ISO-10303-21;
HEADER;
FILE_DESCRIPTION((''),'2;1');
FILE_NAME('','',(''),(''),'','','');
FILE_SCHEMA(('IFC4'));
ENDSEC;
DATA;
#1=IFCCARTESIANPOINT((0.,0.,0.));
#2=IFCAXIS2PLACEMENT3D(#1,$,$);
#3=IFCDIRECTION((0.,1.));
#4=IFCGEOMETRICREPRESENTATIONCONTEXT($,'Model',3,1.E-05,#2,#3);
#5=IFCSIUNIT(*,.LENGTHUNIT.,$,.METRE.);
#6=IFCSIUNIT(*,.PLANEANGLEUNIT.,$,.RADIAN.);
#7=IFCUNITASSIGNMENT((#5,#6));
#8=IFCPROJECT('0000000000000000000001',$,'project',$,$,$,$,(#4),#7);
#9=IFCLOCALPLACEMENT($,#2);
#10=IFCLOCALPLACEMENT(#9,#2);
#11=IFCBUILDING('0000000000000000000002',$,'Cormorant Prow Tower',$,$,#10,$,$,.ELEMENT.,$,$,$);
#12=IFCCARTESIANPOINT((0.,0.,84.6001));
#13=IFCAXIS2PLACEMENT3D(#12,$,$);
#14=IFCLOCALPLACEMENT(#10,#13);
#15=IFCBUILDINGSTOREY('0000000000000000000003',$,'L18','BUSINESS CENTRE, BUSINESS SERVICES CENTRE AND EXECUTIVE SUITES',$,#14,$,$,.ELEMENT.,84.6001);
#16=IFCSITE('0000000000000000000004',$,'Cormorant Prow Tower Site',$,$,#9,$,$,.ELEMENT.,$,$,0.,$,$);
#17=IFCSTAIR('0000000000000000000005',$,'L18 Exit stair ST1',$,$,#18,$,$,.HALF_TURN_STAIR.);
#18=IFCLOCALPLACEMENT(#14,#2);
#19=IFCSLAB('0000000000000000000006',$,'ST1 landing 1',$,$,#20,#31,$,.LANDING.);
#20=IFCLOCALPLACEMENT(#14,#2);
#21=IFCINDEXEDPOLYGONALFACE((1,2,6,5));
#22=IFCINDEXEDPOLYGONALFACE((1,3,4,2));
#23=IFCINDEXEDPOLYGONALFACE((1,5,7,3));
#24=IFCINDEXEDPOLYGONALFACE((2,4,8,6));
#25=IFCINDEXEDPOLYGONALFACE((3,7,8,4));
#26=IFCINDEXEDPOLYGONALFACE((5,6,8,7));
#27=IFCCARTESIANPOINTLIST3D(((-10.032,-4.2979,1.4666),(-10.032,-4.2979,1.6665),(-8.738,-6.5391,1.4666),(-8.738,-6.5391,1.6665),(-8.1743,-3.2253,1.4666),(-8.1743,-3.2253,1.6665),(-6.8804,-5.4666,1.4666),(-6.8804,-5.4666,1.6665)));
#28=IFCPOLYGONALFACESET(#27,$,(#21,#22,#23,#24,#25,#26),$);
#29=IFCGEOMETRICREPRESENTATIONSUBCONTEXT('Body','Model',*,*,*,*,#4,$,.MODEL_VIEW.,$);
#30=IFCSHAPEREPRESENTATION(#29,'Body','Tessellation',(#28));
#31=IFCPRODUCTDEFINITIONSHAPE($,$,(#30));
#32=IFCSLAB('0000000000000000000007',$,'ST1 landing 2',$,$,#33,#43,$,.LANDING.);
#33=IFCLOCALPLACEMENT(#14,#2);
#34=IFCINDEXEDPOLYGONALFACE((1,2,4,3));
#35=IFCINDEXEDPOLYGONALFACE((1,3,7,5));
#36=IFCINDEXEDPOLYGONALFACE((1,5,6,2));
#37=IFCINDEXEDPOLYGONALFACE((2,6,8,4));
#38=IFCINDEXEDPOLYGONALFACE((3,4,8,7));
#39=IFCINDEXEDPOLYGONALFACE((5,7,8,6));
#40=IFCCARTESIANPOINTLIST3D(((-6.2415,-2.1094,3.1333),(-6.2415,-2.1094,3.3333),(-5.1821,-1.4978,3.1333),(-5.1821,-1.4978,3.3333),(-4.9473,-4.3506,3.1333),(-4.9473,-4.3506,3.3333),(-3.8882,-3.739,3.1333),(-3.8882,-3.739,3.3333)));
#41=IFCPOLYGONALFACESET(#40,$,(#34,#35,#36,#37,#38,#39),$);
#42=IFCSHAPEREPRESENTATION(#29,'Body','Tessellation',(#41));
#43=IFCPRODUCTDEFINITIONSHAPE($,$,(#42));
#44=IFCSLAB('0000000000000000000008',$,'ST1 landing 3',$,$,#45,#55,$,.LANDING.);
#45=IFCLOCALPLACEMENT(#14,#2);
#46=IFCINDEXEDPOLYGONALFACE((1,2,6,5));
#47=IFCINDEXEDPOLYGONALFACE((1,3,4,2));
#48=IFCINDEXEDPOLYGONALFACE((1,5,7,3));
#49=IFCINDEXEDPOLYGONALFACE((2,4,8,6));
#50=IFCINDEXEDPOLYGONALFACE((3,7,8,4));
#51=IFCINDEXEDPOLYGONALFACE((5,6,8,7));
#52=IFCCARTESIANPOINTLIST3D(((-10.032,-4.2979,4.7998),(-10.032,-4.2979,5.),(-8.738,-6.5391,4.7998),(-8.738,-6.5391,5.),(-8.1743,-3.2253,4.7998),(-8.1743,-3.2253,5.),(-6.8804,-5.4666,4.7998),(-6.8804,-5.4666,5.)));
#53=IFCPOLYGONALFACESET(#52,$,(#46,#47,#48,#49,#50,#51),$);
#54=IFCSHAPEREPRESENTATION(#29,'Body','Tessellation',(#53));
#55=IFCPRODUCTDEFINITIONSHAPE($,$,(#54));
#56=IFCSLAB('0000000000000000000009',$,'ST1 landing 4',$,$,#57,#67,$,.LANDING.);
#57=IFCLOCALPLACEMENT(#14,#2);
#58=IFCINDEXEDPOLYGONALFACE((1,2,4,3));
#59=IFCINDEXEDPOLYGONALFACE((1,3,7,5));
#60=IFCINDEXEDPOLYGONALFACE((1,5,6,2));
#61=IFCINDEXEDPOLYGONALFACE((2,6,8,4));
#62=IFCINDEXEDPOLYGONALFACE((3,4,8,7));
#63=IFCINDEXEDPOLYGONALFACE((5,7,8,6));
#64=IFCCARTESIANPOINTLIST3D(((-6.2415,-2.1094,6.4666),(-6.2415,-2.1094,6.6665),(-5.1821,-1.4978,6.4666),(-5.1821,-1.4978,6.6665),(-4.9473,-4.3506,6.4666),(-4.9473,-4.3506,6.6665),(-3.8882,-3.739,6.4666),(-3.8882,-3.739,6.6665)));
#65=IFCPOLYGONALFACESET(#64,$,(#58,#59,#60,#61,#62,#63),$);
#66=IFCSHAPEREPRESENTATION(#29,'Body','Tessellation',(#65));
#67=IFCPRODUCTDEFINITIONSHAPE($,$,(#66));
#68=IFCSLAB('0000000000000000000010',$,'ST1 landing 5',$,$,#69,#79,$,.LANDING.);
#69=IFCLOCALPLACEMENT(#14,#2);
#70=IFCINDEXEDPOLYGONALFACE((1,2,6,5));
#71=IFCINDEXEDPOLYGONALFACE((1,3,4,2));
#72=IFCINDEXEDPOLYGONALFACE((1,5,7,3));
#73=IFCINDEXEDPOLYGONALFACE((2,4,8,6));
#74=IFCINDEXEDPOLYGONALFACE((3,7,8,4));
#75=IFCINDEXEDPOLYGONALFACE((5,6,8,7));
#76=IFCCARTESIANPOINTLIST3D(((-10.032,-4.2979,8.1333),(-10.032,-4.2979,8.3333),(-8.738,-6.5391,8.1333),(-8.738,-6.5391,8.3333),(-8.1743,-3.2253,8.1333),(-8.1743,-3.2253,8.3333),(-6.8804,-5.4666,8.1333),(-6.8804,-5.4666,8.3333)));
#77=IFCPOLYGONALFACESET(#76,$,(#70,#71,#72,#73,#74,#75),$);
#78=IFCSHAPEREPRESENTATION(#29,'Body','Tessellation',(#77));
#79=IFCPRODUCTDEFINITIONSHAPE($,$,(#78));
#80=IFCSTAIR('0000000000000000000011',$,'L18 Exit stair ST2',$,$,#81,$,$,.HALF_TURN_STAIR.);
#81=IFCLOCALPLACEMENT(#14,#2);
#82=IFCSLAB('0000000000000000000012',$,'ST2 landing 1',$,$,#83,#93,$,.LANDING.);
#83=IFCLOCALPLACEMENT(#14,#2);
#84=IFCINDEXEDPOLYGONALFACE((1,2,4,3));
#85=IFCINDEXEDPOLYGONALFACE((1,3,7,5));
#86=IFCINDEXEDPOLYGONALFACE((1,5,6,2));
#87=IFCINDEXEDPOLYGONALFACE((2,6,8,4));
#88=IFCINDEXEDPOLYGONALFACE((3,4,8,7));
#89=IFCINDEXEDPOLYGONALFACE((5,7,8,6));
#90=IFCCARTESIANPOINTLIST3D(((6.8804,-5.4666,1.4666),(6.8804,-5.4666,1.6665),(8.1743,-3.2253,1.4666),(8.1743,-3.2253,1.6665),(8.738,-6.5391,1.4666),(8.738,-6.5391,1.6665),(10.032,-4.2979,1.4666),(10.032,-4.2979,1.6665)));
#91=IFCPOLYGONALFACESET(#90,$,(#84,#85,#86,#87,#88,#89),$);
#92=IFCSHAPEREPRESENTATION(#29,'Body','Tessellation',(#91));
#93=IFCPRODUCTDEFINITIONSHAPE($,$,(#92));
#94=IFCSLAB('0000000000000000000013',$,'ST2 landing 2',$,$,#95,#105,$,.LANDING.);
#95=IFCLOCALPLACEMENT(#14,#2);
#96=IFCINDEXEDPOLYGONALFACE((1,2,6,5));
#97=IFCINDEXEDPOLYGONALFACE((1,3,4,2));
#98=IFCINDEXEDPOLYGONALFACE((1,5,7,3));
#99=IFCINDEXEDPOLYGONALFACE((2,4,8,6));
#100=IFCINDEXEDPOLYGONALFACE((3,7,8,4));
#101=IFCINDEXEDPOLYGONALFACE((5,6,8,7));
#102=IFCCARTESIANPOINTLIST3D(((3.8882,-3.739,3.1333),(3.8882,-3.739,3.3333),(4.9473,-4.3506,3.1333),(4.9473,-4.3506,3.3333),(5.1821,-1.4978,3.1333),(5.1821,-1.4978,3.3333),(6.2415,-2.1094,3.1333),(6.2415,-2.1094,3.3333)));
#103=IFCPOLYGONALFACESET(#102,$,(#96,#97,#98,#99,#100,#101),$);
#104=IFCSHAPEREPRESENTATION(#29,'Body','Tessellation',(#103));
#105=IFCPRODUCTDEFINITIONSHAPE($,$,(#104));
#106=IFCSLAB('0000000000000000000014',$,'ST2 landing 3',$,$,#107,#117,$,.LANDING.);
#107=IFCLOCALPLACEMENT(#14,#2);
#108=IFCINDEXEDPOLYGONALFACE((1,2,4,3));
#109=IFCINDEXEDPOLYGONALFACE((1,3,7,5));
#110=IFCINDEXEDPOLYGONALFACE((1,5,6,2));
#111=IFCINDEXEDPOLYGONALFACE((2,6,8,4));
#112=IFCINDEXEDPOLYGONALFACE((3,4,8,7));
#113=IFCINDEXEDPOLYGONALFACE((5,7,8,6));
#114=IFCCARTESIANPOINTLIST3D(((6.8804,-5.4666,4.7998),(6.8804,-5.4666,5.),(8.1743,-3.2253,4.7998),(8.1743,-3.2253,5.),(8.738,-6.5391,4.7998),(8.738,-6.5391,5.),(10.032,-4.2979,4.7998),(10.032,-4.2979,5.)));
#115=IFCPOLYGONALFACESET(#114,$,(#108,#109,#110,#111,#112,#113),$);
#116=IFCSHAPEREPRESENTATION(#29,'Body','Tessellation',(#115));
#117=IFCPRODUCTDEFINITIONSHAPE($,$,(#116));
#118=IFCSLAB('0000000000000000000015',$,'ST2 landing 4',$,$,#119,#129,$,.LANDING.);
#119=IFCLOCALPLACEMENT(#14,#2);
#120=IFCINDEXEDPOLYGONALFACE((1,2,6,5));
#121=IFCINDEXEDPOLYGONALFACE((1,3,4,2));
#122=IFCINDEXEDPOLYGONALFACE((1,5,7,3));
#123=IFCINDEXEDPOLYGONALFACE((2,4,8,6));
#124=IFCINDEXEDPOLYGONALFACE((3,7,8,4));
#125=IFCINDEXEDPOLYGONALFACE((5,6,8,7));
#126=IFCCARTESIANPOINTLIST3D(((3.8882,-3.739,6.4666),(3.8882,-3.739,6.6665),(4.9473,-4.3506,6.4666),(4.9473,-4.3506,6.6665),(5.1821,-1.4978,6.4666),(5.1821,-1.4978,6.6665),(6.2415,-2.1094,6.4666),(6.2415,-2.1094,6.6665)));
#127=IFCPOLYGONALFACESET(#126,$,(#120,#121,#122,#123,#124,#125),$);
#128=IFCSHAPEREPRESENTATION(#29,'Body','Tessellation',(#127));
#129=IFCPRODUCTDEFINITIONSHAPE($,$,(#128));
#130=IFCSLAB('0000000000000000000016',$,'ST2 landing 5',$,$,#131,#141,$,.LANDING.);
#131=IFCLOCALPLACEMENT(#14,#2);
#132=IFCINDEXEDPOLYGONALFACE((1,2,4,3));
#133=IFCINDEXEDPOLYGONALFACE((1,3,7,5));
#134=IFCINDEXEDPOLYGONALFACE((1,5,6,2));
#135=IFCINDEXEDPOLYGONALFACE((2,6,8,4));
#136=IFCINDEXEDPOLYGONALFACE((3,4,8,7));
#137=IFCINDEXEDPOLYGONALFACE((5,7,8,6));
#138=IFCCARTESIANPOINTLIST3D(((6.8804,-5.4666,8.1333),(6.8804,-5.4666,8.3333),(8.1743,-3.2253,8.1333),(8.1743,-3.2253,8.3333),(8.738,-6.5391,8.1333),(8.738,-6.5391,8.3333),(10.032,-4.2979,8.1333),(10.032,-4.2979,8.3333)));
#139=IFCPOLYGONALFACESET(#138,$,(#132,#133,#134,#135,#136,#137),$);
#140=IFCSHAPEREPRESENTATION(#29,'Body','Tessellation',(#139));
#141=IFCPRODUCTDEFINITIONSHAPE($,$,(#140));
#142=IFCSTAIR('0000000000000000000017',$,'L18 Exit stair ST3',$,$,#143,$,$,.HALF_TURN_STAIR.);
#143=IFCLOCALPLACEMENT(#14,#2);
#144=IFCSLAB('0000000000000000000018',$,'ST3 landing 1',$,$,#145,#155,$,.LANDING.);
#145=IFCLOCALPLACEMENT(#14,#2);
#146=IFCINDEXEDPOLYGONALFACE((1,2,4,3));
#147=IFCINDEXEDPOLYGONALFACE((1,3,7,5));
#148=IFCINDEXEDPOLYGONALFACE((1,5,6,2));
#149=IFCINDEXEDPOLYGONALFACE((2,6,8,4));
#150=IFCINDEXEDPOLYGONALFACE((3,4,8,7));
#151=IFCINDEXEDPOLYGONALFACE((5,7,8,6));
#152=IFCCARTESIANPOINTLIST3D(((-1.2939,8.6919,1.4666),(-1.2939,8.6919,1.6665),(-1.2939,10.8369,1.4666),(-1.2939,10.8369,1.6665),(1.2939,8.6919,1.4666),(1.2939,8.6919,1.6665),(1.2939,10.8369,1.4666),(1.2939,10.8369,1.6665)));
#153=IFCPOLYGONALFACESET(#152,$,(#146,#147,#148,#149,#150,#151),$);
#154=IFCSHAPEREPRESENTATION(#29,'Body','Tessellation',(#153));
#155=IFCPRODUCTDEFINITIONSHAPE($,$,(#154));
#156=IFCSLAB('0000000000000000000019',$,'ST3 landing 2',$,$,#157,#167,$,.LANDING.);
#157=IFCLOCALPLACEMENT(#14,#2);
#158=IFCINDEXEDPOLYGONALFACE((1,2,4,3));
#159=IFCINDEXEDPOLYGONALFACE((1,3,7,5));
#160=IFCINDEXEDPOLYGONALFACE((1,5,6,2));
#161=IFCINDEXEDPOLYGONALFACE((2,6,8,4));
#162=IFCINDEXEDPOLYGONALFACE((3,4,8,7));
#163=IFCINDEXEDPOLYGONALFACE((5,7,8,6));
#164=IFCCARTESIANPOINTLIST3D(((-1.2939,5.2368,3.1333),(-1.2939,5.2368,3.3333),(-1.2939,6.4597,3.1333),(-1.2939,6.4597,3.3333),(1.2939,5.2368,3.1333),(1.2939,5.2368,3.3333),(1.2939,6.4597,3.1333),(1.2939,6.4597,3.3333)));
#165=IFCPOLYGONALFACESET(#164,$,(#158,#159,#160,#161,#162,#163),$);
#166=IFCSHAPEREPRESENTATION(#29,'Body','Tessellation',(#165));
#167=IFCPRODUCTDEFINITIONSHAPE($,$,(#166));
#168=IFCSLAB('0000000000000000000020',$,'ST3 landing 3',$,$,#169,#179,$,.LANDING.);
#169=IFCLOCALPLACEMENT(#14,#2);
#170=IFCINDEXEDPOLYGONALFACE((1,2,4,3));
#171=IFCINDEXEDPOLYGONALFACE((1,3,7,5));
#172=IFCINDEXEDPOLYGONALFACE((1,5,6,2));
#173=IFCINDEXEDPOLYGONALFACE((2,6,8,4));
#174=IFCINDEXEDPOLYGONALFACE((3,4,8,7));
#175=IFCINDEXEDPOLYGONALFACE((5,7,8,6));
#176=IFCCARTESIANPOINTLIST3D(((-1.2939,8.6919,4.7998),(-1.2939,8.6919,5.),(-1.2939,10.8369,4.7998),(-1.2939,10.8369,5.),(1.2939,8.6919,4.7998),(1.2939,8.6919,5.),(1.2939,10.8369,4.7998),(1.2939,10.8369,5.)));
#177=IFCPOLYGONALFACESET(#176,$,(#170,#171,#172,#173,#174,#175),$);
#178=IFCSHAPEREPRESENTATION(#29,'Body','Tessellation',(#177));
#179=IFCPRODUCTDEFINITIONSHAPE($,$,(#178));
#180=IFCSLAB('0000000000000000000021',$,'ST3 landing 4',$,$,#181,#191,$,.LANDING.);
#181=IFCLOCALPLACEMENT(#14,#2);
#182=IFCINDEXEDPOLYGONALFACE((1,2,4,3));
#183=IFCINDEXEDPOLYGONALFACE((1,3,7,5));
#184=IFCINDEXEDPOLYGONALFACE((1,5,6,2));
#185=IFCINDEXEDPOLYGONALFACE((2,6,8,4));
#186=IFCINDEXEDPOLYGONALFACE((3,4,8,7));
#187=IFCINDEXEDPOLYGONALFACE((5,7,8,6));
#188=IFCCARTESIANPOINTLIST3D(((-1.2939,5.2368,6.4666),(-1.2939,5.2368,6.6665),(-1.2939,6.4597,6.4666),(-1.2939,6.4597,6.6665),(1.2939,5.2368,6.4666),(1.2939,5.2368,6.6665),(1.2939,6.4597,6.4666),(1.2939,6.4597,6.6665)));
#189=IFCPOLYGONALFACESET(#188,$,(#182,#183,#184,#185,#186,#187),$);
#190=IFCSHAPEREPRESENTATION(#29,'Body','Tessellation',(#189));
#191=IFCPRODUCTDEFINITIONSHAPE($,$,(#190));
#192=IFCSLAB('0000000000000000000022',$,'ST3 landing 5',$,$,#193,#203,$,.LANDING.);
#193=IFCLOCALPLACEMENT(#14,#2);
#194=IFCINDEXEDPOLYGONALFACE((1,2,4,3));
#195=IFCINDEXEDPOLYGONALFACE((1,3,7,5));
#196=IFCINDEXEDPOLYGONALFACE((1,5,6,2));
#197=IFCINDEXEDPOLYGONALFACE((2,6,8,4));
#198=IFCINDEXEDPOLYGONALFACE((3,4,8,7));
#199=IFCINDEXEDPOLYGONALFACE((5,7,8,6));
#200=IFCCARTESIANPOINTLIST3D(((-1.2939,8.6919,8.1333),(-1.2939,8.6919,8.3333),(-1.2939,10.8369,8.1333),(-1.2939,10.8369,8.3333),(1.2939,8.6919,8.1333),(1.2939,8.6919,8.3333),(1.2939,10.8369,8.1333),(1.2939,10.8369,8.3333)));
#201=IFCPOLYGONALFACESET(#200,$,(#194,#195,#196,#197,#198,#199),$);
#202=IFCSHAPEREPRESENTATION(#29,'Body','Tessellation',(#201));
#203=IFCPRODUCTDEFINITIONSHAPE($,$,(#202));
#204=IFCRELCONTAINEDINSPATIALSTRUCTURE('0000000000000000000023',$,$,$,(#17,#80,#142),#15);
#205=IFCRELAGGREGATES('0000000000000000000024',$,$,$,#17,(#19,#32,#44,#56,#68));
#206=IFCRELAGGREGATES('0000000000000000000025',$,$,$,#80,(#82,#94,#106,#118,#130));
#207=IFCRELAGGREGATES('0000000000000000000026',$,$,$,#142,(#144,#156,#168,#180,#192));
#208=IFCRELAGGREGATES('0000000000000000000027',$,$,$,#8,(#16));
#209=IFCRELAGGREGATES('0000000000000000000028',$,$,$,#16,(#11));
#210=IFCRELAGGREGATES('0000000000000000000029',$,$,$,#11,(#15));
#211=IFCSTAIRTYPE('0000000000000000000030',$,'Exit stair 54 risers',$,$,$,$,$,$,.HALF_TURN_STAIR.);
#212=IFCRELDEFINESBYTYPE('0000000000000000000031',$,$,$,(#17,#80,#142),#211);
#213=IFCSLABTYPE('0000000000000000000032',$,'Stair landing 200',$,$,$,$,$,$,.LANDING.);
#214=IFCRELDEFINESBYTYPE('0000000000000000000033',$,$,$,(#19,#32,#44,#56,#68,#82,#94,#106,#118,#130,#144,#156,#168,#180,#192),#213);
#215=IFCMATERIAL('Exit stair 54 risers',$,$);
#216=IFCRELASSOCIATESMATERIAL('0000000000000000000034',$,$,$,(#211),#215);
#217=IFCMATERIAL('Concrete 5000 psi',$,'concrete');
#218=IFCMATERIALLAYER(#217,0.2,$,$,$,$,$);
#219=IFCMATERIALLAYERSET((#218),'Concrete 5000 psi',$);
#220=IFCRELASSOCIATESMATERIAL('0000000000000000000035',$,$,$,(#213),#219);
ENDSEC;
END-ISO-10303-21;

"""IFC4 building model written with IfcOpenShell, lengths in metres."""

from ifc_helpers import new_model, si_unit, direction, frame, origin, place, context, subcontext, project, spatial, polyline, outline, extrude, material, layer, layer_set, type_object, element, aggregate, save


model = new_model("IFC4")

# Units and contexts
model_context = context("Model", 3, precision=1e-05, world=origin(), true_north=direction((0.0, 1.0)))
body_context = subcontext(model_context, "Body", "Model", "MODEL_VIEW")
ifc_project = project(units=[si_unit("LENGTHUNIT", "METRE"), si_unit("PLANEANGLEUNIT", "RADIAN")], contexts=[model_context])

# Site, building, storey
site_placement = place(None, origin())
site = spatial("IfcSite", under=ifc_project, at=site_placement, Name="Cormorant Prow Tower Site", CompositionType="ELEMENT", RefElevation=0.0)
building_placement = place(site_placement, origin())
building = spatial("IfcBuilding", under=site, at=building_placement, Name="Cormorant Prow Tower", CompositionType="ELEMENT")
storey_placement = place(building_placement, frame((0.0, 0.0, 84.6001)))
storey = spatial("IfcBuildingStorey", under=building, at=storey_placement, Name="L18", Description="BUSINESS CENTRE, BUSINESS SERVICES CENTRE AND EXECUTIVE SUITES", CompositionType="ELEMENT", Elevation=84.6001)

# Stairs, slabs
ifc_material_1 = material(Name="Exit stair 54 risers")
stair_type = type_object("IfcStairType", Name="Exit stair 54 risers", PredefinedType="HALF_TURN_STAIR", material=ifc_material_1)
stair_1_placement = place(storey_placement, origin())
stair_1 = element("IfcStair", 1, at=stair_1_placement, inside=storey, type_object=stair_type, Name="L18 Exit stair ST1", PredefinedType="HALF_TURN_STAIR")
ifc_material_2 = material(Name="Concrete 5000 psi", Category="concrete")
ifc_layer_1 = layer(ifc_material_2, 0.2)
ifc_layer_set_1 = layer_set([ifc_layer_1], Name="Concrete 5000 psi")
slab_type = type_object("IfcSlabType", Name="Stair landing 200", PredefinedType="LANDING", material=ifc_layer_set_1)
slab_1_placement = place(storey_placement, frame((0.0, 0.0, 1.4666)))
slab_1 = element("IfcSlab", 2, at=slab_1_placement, type_object=slab_type, Name="ST1 landing 1", PredefinedType="LANDING", context=body_context, shape_type="SweptSolid", body=[
    extrude(outline(polyline([(-8.1743, -3.2253), (-10.032, -4.2979), (-8.738, -6.5391), (-6.8804, -5.4666), (-8.1743, -3.2253)])), origin(), (0.0, 0.0, 1.0), 0.2),
])
slab_2_placement = place(storey_placement, frame((0.0, 0.0, 3.1333)))
slab_2 = element("IfcSlab", 3, at=slab_2_placement, type_object=slab_type, Name="ST1 landing 2", PredefinedType="LANDING", context=body_context, shape_type="SweptSolid", body=[
    extrude(outline(polyline([(-5.1821, -1.4978), (-6.2415, -2.1094), (-4.9473, -4.3506), (-3.8882, -3.739), (-5.1821, -1.4978)])), origin(), (0.0, 0.0, 1.0), 0.2),
])
slab_3_placement = place(storey_placement, frame((0.0, 0.0, 4.7998)))
slab_3 = element("IfcSlab", 4, at=slab_3_placement, type_object=slab_type, Name="ST1 landing 3", PredefinedType="LANDING", context=body_context, shape_type="SweptSolid", body=[
    extrude(outline(polyline([(-8.1743, -3.2253), (-10.032, -4.2979), (-8.738, -6.5391), (-6.8804, -5.4666), (-8.1743, -3.2253)])), origin(), (0.0, 0.0, 1.0), 0.2002),
])
slab_4_placement = place(storey_placement, frame((0.0, 0.0, 6.4666)))
slab_4 = element("IfcSlab", 5, at=slab_4_placement, type_object=slab_type, Name="ST1 landing 4", PredefinedType="LANDING", context=body_context, shape_type="SweptSolid", body=[
    extrude(outline(polyline([(-5.1821, -1.4978), (-6.2415, -2.1094), (-4.9473, -4.3506), (-3.8882, -3.739), (-5.1821, -1.4978)])), origin(), (0.0, 0.0, 1.0), 0.2),
])
slab_5_placement = place(storey_placement, frame((0.0, 0.0, 8.1333)))
slab_5 = element("IfcSlab", 6, at=slab_5_placement, type_object=slab_type, Name="ST1 landing 5", PredefinedType="LANDING", context=body_context, shape_type="SweptSolid", body=[
    extrude(outline(polyline([(-8.1743, -3.2253), (-10.032, -4.2979), (-8.738, -6.5391), (-6.8804, -5.4666), (-8.1743, -3.2253)])), origin(), (0.0, 0.0, 1.0), 0.2),
])
aggregate(stair_1, [slab_1, slab_2, slab_3, slab_4, slab_5])
stair_2_placement = place(storey_placement, origin())
stair_2 = element("IfcStair", 7, at=stair_2_placement, inside=storey, type_object=stair_type, Name="L18 Exit stair ST2", PredefinedType="HALF_TURN_STAIR")
slab_6_placement = place(storey_placement, frame((0.0, 0.0, 1.4666)))
slab_6 = element("IfcSlab", 8, at=slab_6_placement, type_object=slab_type, Name="ST2 landing 1", PredefinedType="LANDING", context=body_context, shape_type="SweptSolid", body=[
    extrude(outline(polyline([(6.8804, -5.4666), (8.738, -6.5391), (10.032, -4.2979), (8.1743, -3.2253), (6.8804, -5.4666)])), origin(), (0.0, 0.0, 1.0), 0.2),
])
slab_7_placement = place(storey_placement, frame((0.0, 0.0, 3.1333)))
slab_7 = element("IfcSlab", 9, at=slab_7_placement, type_object=slab_type, Name="ST2 landing 2", PredefinedType="LANDING", context=body_context, shape_type="SweptSolid", body=[
    extrude(outline(polyline([(3.8882, -3.739), (4.9473, -4.3506), (6.2415, -2.1094), (5.1821, -1.4978), (3.8882, -3.739)])), origin(), (0.0, 0.0, 1.0), 0.2),
])
slab_8_placement = place(storey_placement, frame((0.0, 0.0, 4.7998)))
slab_8 = element("IfcSlab", 10, at=slab_8_placement, type_object=slab_type, Name="ST2 landing 3", PredefinedType="LANDING", context=body_context, shape_type="SweptSolid", body=[
    extrude(outline(polyline([(6.8804, -5.4666), (8.738, -6.5391), (10.032, -4.2979), (8.1743, -3.2253), (6.8804, -5.4666)])), origin(), (0.0, 0.0, 1.0), 0.2002),
])
slab_9_placement = place(storey_placement, frame((0.0, 0.0, 6.4666)))
slab_9 = element("IfcSlab", 11, at=slab_9_placement, type_object=slab_type, Name="ST2 landing 4", PredefinedType="LANDING", context=body_context, shape_type="SweptSolid", body=[
    extrude(outline(polyline([(3.8882, -3.739), (4.9473, -4.3506), (6.2415, -2.1094), (5.1821, -1.4978), (3.8882, -3.739)])), origin(), (0.0, 0.0, 1.0), 0.2),
])
slab_10_placement = place(storey_placement, frame((0.0, 0.0, 8.1333)))
slab_10 = element("IfcSlab", 12, at=slab_10_placement, type_object=slab_type, Name="ST2 landing 5", PredefinedType="LANDING", context=body_context, shape_type="SweptSolid", body=[
    extrude(outline(polyline([(6.8804, -5.4666), (8.738, -6.5391), (10.032, -4.2979), (8.1743, -3.2253), (6.8804, -5.4666)])), origin(), (0.0, 0.0, 1.0), 0.2),
])
aggregate(stair_2, [slab_6, slab_7, slab_8, slab_9, slab_10])
stair_3_placement = place(storey_placement, origin())
stair_3 = element("IfcStair", 13, at=stair_3_placement, inside=storey, type_object=stair_type, Name="L18 Exit stair ST3", PredefinedType="HALF_TURN_STAIR")
slab_11_placement = place(storey_placement, frame((0.0, 0.0, 1.4666)))
slab_11 = element("IfcSlab", 14, at=slab_11_placement, type_object=slab_type, Name="ST3 landing 1", PredefinedType="LANDING", context=body_context, shape_type="SweptSolid", body=[
    extrude(outline(polyline([(1.2939, 8.6919), (1.2939, 10.8369), (-1.2939, 10.8369), (-1.2939, 8.6919), (1.2939, 8.6919)])), origin(), (0.0, 0.0, 1.0), 0.2),
])
slab_12_placement = place(storey_placement, frame((0.0, 0.0, 3.1333)))
slab_12 = element("IfcSlab", 15, at=slab_12_placement, type_object=slab_type, Name="ST3 landing 2", PredefinedType="LANDING", context=body_context, shape_type="SweptSolid", body=[
    extrude(outline(polyline([(1.2939, 5.2368), (1.2939, 6.4597), (-1.2939, 6.4597), (-1.2939, 5.2368), (1.2939, 5.2368)])), origin(), (0.0, 0.0, 1.0), 0.2),
])
slab_13_placement = place(storey_placement, frame((0.0, 0.0, 4.7998)))
slab_13 = element("IfcSlab", 16, at=slab_13_placement, type_object=slab_type, Name="ST3 landing 3", PredefinedType="LANDING", context=body_context, shape_type="SweptSolid", body=[
    extrude(outline(polyline([(1.2939, 8.6919), (1.2939, 10.8369), (-1.2939, 10.8369), (-1.2939, 8.6919), (1.2939, 8.6919)])), origin(), (0.0, 0.0, 1.0), 0.2002),
])
slab_14_placement = place(storey_placement, frame((0.0, 0.0, 6.4666)))
slab_14 = element("IfcSlab", 17, at=slab_14_placement, type_object=slab_type, Name="ST3 landing 4", PredefinedType="LANDING", context=body_context, shape_type="SweptSolid", body=[
    extrude(outline(polyline([(1.2939, 5.2368), (1.2939, 6.4597), (-1.2939, 6.4597), (-1.2939, 5.2368), (1.2939, 5.2368)])), origin(), (0.0, 0.0, 1.0), 0.2),
])
slab_15_placement = place(storey_placement, frame((0.0, 0.0, 8.1333)))
slab_15 = element("IfcSlab", 18, at=slab_15_placement, type_object=slab_type, Name="ST3 landing 5", PredefinedType="LANDING", context=body_context, shape_type="SweptSolid", body=[
    extrude(outline(polyline([(1.2939, 8.6919), (1.2939, 10.8369), (-1.2939, 10.8369), (-1.2939, 8.6919), (1.2939, 8.6919)])), origin(), (0.0, 0.0, 1.0), 0.2),
])

aggregate(stair_3, [slab_11, slab_12, slab_13, slab_14, slab_15])

save(model, "model.ifc")
